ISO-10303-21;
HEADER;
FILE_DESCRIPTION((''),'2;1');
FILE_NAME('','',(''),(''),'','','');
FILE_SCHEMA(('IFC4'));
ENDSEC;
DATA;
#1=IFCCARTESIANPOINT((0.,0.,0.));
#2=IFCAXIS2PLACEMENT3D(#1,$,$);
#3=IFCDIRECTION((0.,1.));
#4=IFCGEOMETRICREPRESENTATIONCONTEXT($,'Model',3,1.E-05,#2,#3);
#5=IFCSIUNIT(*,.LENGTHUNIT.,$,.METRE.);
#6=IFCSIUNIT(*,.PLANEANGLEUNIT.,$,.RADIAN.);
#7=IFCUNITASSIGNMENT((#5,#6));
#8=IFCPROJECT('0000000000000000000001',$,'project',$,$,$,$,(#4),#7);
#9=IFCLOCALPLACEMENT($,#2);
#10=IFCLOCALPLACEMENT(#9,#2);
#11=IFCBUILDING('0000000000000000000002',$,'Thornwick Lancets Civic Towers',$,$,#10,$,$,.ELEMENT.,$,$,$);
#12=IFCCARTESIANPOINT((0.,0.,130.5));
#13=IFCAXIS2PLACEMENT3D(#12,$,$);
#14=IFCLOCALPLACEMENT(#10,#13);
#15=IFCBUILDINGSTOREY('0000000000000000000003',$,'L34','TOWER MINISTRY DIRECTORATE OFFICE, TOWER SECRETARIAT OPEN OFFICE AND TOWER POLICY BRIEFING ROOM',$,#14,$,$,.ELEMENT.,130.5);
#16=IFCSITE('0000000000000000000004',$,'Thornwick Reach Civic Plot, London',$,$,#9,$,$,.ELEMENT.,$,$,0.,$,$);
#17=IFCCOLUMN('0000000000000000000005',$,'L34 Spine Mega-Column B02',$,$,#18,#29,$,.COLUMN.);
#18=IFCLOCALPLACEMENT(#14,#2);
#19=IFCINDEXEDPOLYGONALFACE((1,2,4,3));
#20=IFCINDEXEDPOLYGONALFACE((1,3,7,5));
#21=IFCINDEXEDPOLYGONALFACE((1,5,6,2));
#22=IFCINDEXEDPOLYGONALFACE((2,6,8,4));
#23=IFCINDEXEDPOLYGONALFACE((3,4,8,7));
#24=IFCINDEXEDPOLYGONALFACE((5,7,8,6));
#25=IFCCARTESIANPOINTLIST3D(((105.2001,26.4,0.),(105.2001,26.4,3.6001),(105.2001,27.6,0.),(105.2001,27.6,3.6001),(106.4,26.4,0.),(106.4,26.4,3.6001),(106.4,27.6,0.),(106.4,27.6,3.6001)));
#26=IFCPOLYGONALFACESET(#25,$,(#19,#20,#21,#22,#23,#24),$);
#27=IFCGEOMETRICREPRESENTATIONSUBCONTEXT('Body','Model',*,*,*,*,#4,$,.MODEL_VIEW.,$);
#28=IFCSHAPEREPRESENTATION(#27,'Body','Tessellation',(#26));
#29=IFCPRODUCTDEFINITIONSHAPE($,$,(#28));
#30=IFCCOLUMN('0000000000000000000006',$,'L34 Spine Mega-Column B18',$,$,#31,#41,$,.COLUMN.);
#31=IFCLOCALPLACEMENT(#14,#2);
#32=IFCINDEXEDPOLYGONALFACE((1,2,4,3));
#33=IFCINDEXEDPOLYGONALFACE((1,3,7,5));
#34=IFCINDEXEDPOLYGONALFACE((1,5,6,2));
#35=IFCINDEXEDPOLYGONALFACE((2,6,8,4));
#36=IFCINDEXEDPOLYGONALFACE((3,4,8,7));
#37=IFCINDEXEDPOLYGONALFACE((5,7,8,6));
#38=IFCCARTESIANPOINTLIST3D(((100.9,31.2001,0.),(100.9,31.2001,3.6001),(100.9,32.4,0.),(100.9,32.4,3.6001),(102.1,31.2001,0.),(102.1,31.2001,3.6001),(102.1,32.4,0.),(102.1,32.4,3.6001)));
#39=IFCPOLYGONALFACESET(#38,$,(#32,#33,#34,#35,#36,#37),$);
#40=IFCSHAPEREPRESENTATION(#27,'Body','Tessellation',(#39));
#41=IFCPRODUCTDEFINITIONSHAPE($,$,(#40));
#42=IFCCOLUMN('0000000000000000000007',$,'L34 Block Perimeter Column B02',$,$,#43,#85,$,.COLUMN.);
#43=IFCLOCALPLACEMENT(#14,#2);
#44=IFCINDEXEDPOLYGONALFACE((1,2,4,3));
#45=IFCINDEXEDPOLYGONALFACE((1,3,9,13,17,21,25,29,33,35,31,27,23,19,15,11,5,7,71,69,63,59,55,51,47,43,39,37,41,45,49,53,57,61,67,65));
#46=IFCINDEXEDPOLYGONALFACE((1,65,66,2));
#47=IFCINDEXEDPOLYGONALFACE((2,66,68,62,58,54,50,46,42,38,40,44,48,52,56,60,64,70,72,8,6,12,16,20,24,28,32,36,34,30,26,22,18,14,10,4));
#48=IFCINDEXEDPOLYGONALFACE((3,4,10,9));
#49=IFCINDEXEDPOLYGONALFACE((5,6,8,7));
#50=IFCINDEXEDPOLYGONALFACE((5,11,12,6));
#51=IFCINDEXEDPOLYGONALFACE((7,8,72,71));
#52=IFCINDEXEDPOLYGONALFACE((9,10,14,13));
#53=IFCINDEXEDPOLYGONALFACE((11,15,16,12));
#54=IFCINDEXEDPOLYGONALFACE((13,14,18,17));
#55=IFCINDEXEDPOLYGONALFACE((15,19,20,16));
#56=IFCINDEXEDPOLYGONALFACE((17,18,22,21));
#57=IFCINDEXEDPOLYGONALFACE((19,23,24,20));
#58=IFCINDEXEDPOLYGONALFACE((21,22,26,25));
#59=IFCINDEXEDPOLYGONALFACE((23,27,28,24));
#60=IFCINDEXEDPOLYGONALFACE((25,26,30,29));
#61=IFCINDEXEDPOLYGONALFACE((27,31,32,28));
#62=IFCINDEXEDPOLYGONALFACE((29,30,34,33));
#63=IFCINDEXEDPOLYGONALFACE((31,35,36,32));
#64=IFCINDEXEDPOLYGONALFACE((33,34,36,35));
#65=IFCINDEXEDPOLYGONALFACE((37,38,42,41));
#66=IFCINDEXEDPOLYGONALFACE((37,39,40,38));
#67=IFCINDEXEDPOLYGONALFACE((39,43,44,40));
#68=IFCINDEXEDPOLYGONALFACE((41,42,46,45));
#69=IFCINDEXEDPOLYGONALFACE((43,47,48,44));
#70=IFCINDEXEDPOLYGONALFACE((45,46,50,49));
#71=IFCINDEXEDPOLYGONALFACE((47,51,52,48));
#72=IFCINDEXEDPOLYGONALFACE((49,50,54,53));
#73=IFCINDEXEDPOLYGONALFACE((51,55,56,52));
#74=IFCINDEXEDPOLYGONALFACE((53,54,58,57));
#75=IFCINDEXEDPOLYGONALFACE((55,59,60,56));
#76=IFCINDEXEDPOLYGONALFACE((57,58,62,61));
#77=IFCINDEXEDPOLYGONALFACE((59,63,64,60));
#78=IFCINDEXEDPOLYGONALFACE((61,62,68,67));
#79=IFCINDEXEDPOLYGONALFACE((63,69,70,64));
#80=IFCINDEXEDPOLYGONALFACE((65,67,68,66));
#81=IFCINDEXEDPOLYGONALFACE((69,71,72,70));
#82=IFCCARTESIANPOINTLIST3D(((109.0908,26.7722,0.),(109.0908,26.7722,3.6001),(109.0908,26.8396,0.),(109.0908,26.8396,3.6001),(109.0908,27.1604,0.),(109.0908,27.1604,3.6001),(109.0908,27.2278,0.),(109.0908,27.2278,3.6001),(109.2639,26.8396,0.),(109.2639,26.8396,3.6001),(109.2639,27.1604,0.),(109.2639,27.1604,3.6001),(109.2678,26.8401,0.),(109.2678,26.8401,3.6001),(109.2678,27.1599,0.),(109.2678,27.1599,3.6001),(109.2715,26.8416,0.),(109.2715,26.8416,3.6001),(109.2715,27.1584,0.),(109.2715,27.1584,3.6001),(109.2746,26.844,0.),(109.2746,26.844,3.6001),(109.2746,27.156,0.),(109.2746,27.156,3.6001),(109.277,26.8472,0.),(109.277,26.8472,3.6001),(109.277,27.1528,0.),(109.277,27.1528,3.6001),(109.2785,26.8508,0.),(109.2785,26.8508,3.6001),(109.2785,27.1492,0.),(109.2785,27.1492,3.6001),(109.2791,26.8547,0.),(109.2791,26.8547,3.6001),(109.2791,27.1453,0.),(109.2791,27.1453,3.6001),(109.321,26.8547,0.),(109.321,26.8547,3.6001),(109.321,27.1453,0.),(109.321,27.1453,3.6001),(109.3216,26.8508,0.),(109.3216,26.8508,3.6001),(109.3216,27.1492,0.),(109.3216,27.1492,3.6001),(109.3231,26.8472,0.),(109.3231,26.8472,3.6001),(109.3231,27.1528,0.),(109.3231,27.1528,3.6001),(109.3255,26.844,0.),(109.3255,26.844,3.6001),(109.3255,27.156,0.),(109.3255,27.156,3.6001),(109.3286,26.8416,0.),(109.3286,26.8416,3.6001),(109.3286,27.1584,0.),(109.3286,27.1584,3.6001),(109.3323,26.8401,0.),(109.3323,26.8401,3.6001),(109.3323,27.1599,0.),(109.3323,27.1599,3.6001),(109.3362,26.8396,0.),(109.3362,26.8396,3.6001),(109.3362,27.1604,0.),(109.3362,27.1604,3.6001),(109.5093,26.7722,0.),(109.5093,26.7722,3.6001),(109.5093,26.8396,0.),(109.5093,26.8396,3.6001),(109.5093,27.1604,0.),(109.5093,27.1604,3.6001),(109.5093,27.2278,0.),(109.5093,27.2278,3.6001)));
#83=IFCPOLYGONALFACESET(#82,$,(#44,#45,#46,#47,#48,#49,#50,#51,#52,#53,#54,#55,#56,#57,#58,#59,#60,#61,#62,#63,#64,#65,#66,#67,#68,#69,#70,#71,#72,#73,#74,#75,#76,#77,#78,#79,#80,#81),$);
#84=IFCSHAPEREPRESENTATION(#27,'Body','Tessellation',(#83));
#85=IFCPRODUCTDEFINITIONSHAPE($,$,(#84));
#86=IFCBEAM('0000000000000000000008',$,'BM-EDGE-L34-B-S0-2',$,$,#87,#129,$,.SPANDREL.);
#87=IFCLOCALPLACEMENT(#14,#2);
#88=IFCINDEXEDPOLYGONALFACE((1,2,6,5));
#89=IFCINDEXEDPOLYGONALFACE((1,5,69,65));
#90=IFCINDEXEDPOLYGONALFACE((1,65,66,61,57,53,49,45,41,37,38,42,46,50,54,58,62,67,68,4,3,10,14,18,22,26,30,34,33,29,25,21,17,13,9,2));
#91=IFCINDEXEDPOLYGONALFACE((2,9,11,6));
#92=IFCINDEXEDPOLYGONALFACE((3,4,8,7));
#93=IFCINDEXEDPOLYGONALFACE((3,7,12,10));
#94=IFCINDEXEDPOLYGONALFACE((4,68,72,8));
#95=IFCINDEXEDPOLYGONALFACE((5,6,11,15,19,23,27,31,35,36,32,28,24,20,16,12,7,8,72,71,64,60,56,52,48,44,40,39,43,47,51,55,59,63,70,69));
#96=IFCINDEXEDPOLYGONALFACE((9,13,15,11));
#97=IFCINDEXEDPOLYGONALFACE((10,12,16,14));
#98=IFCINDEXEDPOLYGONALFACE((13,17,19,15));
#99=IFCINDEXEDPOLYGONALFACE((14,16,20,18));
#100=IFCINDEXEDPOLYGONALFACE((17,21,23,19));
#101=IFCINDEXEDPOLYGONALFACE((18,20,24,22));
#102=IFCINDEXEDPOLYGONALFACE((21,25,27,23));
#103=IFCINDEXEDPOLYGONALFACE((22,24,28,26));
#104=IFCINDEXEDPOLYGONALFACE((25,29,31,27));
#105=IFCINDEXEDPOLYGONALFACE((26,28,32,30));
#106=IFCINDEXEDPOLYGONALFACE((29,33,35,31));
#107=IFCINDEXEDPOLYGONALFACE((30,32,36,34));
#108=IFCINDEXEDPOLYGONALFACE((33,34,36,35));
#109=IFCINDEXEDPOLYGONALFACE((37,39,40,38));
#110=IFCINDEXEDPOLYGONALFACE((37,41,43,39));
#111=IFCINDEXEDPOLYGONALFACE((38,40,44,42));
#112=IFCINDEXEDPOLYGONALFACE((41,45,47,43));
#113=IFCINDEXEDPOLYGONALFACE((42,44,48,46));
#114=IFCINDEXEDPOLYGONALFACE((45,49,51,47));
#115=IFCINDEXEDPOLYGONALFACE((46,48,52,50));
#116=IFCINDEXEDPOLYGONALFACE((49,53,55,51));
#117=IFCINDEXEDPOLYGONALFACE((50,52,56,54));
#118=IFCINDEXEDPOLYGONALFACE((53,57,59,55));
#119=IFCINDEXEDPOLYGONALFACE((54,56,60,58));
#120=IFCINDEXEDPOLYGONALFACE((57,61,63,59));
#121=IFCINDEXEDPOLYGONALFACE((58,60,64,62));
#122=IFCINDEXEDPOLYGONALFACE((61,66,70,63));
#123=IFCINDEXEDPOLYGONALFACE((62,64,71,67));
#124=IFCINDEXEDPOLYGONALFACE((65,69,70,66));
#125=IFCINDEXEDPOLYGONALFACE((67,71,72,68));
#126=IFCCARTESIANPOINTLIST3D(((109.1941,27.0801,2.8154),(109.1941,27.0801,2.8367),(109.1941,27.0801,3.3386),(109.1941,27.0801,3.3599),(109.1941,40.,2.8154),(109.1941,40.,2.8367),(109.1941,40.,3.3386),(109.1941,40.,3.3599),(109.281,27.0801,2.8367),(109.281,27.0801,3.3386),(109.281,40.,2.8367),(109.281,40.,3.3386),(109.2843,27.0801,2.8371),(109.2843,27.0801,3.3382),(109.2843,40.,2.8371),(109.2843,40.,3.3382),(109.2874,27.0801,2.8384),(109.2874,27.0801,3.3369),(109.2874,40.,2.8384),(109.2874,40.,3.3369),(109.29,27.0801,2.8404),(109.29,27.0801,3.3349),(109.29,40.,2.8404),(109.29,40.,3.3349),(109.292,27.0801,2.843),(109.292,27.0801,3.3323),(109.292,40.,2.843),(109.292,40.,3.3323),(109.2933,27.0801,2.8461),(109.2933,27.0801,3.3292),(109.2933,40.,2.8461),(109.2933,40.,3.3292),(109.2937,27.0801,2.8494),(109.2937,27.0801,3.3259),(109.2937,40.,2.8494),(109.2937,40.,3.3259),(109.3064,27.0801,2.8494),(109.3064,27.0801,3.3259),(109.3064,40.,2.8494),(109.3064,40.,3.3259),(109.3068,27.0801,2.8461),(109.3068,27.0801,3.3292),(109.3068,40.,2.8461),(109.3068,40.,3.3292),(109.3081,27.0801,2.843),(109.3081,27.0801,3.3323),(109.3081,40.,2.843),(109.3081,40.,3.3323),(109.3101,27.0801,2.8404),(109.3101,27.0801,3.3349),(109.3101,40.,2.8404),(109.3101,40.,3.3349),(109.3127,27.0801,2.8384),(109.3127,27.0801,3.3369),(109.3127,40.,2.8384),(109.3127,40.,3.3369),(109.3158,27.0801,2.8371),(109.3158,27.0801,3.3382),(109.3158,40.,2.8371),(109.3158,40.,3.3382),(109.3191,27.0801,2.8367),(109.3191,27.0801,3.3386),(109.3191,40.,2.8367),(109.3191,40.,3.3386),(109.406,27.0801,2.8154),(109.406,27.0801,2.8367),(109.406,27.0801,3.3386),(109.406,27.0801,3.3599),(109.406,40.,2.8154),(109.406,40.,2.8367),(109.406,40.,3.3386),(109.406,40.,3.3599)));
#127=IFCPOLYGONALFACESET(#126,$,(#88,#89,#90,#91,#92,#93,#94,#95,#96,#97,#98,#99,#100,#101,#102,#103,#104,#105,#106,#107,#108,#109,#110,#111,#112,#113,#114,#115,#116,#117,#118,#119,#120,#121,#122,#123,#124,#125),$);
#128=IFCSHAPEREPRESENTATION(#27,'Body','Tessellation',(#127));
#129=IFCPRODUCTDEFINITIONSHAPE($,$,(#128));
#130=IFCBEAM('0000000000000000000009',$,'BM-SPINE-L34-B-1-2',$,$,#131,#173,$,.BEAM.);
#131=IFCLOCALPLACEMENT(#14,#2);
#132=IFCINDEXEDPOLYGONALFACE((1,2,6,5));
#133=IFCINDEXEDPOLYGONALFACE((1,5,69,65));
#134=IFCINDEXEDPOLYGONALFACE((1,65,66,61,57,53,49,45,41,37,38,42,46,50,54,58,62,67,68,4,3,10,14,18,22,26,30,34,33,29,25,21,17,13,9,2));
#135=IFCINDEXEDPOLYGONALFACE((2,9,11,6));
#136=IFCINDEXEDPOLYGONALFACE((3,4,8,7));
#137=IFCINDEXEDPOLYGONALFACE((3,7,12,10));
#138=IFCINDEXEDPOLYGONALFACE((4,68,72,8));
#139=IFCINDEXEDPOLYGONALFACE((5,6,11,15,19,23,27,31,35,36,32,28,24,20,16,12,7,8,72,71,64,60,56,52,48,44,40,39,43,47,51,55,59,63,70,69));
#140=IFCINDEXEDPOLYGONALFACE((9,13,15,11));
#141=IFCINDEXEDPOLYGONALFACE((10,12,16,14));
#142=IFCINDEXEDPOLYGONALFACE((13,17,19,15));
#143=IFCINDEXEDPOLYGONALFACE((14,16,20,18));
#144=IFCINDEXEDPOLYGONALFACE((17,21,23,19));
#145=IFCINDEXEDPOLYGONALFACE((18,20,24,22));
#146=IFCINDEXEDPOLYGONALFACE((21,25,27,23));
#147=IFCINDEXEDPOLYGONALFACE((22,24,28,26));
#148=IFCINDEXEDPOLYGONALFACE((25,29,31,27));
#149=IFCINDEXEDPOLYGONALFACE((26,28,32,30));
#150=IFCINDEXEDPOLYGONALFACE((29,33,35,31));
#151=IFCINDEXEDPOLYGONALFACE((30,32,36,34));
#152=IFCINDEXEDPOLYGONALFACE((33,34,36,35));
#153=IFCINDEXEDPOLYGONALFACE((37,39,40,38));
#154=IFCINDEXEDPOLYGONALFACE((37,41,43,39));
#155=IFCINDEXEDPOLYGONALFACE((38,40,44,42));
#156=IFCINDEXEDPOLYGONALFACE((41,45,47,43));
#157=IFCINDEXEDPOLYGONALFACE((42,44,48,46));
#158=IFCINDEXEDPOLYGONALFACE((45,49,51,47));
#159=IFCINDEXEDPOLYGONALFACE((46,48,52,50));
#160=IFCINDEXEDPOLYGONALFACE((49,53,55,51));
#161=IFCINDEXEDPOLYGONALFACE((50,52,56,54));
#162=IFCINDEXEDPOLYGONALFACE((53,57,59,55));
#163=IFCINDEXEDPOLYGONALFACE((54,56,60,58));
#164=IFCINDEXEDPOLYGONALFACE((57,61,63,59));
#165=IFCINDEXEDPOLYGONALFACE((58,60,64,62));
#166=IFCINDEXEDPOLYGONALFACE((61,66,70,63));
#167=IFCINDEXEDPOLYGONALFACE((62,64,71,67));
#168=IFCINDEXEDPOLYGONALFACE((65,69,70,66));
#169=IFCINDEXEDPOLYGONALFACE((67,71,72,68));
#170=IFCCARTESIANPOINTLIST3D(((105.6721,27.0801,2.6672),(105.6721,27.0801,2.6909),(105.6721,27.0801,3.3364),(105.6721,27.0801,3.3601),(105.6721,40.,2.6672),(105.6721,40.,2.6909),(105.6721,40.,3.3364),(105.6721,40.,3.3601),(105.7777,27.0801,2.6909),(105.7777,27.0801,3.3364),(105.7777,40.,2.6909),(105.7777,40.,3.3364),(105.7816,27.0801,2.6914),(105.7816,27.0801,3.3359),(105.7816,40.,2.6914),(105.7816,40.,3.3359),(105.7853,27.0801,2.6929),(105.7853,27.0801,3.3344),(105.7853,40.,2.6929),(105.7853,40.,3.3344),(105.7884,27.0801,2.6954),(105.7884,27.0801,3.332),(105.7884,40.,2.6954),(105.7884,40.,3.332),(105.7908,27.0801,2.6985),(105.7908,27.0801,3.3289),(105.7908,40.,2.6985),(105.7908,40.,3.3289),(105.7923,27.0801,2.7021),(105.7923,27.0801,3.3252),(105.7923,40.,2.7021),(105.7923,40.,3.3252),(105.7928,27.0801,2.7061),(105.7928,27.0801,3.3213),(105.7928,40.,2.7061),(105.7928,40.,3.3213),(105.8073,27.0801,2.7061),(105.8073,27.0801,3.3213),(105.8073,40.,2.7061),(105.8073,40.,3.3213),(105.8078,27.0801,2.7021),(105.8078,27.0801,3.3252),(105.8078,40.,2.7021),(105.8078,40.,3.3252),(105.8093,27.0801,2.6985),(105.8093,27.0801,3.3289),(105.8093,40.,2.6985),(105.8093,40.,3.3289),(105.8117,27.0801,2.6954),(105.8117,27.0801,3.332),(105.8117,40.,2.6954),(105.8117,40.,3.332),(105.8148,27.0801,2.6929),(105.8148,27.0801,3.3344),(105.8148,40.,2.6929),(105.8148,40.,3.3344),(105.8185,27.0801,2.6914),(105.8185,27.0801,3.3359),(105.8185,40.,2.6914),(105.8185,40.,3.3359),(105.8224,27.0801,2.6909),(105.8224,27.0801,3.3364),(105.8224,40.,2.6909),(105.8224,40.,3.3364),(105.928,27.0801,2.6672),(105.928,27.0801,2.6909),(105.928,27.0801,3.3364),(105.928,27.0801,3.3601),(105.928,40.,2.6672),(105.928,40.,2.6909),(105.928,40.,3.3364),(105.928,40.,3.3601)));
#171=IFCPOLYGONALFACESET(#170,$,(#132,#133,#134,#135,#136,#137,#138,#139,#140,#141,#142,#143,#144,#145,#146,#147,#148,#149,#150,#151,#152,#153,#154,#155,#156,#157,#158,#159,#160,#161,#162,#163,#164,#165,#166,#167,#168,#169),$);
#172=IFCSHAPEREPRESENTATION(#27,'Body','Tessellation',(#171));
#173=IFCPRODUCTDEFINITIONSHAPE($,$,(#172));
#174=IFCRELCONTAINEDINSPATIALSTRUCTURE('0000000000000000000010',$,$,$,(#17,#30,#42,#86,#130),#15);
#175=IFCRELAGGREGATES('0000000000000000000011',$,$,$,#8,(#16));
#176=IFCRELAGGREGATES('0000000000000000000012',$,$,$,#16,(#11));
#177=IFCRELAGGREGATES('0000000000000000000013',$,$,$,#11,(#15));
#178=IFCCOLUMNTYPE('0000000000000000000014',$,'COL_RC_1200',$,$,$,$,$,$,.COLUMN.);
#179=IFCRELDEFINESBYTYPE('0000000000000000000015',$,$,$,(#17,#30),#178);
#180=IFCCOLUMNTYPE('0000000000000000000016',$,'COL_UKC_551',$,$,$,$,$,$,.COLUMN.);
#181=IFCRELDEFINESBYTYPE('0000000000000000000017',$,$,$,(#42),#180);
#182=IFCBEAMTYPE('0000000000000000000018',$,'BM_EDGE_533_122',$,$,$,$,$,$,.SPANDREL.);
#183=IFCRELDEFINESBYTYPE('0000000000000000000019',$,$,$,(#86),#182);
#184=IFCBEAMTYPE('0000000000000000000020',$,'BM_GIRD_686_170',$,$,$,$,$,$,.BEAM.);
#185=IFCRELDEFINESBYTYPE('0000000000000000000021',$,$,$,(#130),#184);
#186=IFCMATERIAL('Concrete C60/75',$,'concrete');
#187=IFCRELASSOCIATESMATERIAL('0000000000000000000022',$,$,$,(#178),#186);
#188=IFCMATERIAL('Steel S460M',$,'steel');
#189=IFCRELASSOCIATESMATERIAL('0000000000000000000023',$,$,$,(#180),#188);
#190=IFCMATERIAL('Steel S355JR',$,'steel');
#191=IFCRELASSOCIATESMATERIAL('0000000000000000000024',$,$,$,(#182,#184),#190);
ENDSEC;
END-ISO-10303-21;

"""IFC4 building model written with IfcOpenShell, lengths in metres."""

from ifc_helpers import new_model, si_unit, direction, frame, origin, origin_2d, place, context, subcontext, project, spatial, rectangle, i_section, extrude, material, material_profile, profile_set, type_object, element, save


model = new_model("IFC4")

# Units and contexts
model_context = context("Model", 3, precision=1e-05, world=origin(), true_north=direction((0.0, 1.0)))
body_context = subcontext(model_context, "Body", "Model", "MODEL_VIEW")
ifc_project = project(units=[si_unit("LENGTHUNIT", "METRE"), si_unit("PLANEANGLEUNIT", "RADIAN")], contexts=[model_context])

# Site, building, storey
site_placement = place(None, origin())
site = spatial("IfcSite", under=ifc_project, at=site_placement, Name="Thornwick Reach Civic Plot, London", CompositionType="ELEMENT", RefElevation=0.0)
building_placement = place(site_placement, origin())
building = spatial("IfcBuilding", under=site, at=building_placement, Name="Thornwick Lancets Civic Towers", CompositionType="ELEMENT")
storey_placement = place(building_placement, frame((0.0, 0.0, 130.5)))
storey = spatial("IfcBuildingStorey", under=building, at=storey_placement, Name="L34", Description="TOWER MINISTRY DIRECTORATE OFFICE, TOWER SECRETARIAT OPEN OFFICE AND TOWER POLICY BRIEFING ROOM", CompositionType="ELEMENT", Elevation=130.5)

# Columns
ifc_material_1 = material(Name="Concrete C60/75", Category="concrete")
ifc_material_profile_1 = material_profile(ifc_material_1, rectangle(XDim=1.2, YDim=1.2, at=origin_2d()), Name="RC 1200x1200")
ifc_profile_set_1 = profile_set([ifc_material_profile_1], Name="Concrete C60/75")
column_type_1 = type_object("IfcColumnType", Name="COL_RC_1200", PredefinedType="COLUMN", material=ifc_profile_set_1)
for number, where, z_axis, x_axis, name in (
    (1, (105.8, 27.0, 0.0), (0.0, 0.0, 1.0), (1.0, 0.0, 0.0), "L34 Spine Mega-Column B02"),
    (2, (101.5, 31.8, 0.0), (0.0, 0.0, 1.0), (1.0, 0.0, 0.0), "L34 Spine Mega-Column B18"),
):
    element("IfcColumn", number, at=place(storey_placement, frame(where, z_axis=z_axis, x_axis=x_axis)), inside=storey, type_object=column_type_1, Name=name, PredefinedType="COLUMN", context=body_context, shape_type="SweptSolid", body=[
        extrude(rectangle(XDim=1.2, YDim=1.2, at=origin_2d()), origin(), (0.0, 0.0, 1.0), 3.6001),
    ])
ifc_material_2 = material(Name="Steel S460M", Category="steel")
ifc_material_profile_2 = material_profile(ifc_material_2, i_section(OverallWidth=0.4185, OverallDepth=0.4556, WebThickness=0.042, FlangeThickness=0.0674, FilletRadius=0.0151, at=origin_2d()), Name="UKC 356x406x551")
ifc_profile_set_2 = profile_set([ifc_material_profile_2], Name="Steel S460M")
column_type_2 = type_object("IfcColumnType", Name="COL_UKC_551", PredefinedType="COLUMN", material=ifc_profile_set_2)
column_placement = place(storey_placement, frame((109.3, 27.0, 0.0), z_axis=(0.0, 0.0, 1.0), x_axis=(1.0, 0.0, 0.0)))
element("IfcColumn", 3, at=column_placement, inside=storey, type_object=column_type_2, Name="L34 Block Perimeter Column B02", PredefinedType="COLUMN", context=body_context, shape_type="SweptSolid", body=[
    extrude(i_section(OverallWidth=0.4185, OverallDepth=0.4556, WebThickness=0.042, FlangeThickness=0.0674, FilletRadius=0.0151, at=origin_2d()), origin(), (0.0, 0.0, 1.0), 3.6001),
])

# Beams
ifc_material_3 = material(Name="Steel S355JR", Category="steel")
ifc_material_profile_3 = material_profile(ifc_material_3, i_section(OverallWidth=0.2119, OverallDepth=0.5444, WebThickness=0.0127, FlangeThickness=0.0212, FilletRadius=0.0127, at=origin_2d()), Name="UKB 533x210x122")
ifc_profile_set_3 = profile_set([ifc_material_profile_3], Name="Steel S355JR")
beam_type_1 = type_object("IfcBeamType", Name="BM_EDGE_533_122", PredefinedType="SPANDREL", material=ifc_profile_set_3)
beam_1_placement = place(storey_placement, frame((109.3, 27.0801, 3.0876), z_axis=(0.0, 1.0, 0.0), x_axis=(-1.0, 0.0, 0.0)))
element("IfcBeam", 4, at=beam_1_placement, inside=storey, type_object=beam_type_1, Name="BM-EDGE-L34-B-S0-2", PredefinedType="SPANDREL", context=body_context, shape_type="SweptSolid", body=[
    extrude(i_section(OverallWidth=0.2119, OverallDepth=0.5444, WebThickness=0.0127, FlangeThickness=0.0212, FilletRadius=0.0127, at=origin_2d()), origin(), (0.0, 0.0, 1.0), 12.9199),
])
ifc_material_profile_4 = material_profile(ifc_material_3, i_section(OverallWidth=0.2559, OverallDepth=0.6929, WebThickness=0.0144, FlangeThickness=0.0237, FilletRadius=0.0151, at=origin_2d()), Name="UKB 686x254x170")
ifc_profile_set_4 = profile_set([ifc_material_profile_4], Name="Steel S355JR")
beam_type_2 = type_object("IfcBeamType", Name="BM_GIRD_686_170", PredefinedType="BEAM", material=ifc_profile_set_4)
beam_2_placement = place(storey_placement, frame((105.8, 27.0801, 3.0137), z_axis=(0.0, 1.0, 0.0), x_axis=(-1.0, 0.0, 0.0)))
element("IfcBeam", 5, at=beam_2_placement, inside=storey, type_object=beam_type_2, Name="BM-SPINE-L34-B-1-2", PredefinedType="BEAM", context=body_context, shape_type="SweptSolid", body=[
    extrude(i_section(OverallWidth=0.2559, OverallDepth=0.6929, WebThickness=0.0144, FlangeThickness=0.0237, FilletRadius=0.0151, at=origin_2d()), origin(), (0.0, 0.0, 1.0), 12.9199),
])

save(model, "model.ifc")
